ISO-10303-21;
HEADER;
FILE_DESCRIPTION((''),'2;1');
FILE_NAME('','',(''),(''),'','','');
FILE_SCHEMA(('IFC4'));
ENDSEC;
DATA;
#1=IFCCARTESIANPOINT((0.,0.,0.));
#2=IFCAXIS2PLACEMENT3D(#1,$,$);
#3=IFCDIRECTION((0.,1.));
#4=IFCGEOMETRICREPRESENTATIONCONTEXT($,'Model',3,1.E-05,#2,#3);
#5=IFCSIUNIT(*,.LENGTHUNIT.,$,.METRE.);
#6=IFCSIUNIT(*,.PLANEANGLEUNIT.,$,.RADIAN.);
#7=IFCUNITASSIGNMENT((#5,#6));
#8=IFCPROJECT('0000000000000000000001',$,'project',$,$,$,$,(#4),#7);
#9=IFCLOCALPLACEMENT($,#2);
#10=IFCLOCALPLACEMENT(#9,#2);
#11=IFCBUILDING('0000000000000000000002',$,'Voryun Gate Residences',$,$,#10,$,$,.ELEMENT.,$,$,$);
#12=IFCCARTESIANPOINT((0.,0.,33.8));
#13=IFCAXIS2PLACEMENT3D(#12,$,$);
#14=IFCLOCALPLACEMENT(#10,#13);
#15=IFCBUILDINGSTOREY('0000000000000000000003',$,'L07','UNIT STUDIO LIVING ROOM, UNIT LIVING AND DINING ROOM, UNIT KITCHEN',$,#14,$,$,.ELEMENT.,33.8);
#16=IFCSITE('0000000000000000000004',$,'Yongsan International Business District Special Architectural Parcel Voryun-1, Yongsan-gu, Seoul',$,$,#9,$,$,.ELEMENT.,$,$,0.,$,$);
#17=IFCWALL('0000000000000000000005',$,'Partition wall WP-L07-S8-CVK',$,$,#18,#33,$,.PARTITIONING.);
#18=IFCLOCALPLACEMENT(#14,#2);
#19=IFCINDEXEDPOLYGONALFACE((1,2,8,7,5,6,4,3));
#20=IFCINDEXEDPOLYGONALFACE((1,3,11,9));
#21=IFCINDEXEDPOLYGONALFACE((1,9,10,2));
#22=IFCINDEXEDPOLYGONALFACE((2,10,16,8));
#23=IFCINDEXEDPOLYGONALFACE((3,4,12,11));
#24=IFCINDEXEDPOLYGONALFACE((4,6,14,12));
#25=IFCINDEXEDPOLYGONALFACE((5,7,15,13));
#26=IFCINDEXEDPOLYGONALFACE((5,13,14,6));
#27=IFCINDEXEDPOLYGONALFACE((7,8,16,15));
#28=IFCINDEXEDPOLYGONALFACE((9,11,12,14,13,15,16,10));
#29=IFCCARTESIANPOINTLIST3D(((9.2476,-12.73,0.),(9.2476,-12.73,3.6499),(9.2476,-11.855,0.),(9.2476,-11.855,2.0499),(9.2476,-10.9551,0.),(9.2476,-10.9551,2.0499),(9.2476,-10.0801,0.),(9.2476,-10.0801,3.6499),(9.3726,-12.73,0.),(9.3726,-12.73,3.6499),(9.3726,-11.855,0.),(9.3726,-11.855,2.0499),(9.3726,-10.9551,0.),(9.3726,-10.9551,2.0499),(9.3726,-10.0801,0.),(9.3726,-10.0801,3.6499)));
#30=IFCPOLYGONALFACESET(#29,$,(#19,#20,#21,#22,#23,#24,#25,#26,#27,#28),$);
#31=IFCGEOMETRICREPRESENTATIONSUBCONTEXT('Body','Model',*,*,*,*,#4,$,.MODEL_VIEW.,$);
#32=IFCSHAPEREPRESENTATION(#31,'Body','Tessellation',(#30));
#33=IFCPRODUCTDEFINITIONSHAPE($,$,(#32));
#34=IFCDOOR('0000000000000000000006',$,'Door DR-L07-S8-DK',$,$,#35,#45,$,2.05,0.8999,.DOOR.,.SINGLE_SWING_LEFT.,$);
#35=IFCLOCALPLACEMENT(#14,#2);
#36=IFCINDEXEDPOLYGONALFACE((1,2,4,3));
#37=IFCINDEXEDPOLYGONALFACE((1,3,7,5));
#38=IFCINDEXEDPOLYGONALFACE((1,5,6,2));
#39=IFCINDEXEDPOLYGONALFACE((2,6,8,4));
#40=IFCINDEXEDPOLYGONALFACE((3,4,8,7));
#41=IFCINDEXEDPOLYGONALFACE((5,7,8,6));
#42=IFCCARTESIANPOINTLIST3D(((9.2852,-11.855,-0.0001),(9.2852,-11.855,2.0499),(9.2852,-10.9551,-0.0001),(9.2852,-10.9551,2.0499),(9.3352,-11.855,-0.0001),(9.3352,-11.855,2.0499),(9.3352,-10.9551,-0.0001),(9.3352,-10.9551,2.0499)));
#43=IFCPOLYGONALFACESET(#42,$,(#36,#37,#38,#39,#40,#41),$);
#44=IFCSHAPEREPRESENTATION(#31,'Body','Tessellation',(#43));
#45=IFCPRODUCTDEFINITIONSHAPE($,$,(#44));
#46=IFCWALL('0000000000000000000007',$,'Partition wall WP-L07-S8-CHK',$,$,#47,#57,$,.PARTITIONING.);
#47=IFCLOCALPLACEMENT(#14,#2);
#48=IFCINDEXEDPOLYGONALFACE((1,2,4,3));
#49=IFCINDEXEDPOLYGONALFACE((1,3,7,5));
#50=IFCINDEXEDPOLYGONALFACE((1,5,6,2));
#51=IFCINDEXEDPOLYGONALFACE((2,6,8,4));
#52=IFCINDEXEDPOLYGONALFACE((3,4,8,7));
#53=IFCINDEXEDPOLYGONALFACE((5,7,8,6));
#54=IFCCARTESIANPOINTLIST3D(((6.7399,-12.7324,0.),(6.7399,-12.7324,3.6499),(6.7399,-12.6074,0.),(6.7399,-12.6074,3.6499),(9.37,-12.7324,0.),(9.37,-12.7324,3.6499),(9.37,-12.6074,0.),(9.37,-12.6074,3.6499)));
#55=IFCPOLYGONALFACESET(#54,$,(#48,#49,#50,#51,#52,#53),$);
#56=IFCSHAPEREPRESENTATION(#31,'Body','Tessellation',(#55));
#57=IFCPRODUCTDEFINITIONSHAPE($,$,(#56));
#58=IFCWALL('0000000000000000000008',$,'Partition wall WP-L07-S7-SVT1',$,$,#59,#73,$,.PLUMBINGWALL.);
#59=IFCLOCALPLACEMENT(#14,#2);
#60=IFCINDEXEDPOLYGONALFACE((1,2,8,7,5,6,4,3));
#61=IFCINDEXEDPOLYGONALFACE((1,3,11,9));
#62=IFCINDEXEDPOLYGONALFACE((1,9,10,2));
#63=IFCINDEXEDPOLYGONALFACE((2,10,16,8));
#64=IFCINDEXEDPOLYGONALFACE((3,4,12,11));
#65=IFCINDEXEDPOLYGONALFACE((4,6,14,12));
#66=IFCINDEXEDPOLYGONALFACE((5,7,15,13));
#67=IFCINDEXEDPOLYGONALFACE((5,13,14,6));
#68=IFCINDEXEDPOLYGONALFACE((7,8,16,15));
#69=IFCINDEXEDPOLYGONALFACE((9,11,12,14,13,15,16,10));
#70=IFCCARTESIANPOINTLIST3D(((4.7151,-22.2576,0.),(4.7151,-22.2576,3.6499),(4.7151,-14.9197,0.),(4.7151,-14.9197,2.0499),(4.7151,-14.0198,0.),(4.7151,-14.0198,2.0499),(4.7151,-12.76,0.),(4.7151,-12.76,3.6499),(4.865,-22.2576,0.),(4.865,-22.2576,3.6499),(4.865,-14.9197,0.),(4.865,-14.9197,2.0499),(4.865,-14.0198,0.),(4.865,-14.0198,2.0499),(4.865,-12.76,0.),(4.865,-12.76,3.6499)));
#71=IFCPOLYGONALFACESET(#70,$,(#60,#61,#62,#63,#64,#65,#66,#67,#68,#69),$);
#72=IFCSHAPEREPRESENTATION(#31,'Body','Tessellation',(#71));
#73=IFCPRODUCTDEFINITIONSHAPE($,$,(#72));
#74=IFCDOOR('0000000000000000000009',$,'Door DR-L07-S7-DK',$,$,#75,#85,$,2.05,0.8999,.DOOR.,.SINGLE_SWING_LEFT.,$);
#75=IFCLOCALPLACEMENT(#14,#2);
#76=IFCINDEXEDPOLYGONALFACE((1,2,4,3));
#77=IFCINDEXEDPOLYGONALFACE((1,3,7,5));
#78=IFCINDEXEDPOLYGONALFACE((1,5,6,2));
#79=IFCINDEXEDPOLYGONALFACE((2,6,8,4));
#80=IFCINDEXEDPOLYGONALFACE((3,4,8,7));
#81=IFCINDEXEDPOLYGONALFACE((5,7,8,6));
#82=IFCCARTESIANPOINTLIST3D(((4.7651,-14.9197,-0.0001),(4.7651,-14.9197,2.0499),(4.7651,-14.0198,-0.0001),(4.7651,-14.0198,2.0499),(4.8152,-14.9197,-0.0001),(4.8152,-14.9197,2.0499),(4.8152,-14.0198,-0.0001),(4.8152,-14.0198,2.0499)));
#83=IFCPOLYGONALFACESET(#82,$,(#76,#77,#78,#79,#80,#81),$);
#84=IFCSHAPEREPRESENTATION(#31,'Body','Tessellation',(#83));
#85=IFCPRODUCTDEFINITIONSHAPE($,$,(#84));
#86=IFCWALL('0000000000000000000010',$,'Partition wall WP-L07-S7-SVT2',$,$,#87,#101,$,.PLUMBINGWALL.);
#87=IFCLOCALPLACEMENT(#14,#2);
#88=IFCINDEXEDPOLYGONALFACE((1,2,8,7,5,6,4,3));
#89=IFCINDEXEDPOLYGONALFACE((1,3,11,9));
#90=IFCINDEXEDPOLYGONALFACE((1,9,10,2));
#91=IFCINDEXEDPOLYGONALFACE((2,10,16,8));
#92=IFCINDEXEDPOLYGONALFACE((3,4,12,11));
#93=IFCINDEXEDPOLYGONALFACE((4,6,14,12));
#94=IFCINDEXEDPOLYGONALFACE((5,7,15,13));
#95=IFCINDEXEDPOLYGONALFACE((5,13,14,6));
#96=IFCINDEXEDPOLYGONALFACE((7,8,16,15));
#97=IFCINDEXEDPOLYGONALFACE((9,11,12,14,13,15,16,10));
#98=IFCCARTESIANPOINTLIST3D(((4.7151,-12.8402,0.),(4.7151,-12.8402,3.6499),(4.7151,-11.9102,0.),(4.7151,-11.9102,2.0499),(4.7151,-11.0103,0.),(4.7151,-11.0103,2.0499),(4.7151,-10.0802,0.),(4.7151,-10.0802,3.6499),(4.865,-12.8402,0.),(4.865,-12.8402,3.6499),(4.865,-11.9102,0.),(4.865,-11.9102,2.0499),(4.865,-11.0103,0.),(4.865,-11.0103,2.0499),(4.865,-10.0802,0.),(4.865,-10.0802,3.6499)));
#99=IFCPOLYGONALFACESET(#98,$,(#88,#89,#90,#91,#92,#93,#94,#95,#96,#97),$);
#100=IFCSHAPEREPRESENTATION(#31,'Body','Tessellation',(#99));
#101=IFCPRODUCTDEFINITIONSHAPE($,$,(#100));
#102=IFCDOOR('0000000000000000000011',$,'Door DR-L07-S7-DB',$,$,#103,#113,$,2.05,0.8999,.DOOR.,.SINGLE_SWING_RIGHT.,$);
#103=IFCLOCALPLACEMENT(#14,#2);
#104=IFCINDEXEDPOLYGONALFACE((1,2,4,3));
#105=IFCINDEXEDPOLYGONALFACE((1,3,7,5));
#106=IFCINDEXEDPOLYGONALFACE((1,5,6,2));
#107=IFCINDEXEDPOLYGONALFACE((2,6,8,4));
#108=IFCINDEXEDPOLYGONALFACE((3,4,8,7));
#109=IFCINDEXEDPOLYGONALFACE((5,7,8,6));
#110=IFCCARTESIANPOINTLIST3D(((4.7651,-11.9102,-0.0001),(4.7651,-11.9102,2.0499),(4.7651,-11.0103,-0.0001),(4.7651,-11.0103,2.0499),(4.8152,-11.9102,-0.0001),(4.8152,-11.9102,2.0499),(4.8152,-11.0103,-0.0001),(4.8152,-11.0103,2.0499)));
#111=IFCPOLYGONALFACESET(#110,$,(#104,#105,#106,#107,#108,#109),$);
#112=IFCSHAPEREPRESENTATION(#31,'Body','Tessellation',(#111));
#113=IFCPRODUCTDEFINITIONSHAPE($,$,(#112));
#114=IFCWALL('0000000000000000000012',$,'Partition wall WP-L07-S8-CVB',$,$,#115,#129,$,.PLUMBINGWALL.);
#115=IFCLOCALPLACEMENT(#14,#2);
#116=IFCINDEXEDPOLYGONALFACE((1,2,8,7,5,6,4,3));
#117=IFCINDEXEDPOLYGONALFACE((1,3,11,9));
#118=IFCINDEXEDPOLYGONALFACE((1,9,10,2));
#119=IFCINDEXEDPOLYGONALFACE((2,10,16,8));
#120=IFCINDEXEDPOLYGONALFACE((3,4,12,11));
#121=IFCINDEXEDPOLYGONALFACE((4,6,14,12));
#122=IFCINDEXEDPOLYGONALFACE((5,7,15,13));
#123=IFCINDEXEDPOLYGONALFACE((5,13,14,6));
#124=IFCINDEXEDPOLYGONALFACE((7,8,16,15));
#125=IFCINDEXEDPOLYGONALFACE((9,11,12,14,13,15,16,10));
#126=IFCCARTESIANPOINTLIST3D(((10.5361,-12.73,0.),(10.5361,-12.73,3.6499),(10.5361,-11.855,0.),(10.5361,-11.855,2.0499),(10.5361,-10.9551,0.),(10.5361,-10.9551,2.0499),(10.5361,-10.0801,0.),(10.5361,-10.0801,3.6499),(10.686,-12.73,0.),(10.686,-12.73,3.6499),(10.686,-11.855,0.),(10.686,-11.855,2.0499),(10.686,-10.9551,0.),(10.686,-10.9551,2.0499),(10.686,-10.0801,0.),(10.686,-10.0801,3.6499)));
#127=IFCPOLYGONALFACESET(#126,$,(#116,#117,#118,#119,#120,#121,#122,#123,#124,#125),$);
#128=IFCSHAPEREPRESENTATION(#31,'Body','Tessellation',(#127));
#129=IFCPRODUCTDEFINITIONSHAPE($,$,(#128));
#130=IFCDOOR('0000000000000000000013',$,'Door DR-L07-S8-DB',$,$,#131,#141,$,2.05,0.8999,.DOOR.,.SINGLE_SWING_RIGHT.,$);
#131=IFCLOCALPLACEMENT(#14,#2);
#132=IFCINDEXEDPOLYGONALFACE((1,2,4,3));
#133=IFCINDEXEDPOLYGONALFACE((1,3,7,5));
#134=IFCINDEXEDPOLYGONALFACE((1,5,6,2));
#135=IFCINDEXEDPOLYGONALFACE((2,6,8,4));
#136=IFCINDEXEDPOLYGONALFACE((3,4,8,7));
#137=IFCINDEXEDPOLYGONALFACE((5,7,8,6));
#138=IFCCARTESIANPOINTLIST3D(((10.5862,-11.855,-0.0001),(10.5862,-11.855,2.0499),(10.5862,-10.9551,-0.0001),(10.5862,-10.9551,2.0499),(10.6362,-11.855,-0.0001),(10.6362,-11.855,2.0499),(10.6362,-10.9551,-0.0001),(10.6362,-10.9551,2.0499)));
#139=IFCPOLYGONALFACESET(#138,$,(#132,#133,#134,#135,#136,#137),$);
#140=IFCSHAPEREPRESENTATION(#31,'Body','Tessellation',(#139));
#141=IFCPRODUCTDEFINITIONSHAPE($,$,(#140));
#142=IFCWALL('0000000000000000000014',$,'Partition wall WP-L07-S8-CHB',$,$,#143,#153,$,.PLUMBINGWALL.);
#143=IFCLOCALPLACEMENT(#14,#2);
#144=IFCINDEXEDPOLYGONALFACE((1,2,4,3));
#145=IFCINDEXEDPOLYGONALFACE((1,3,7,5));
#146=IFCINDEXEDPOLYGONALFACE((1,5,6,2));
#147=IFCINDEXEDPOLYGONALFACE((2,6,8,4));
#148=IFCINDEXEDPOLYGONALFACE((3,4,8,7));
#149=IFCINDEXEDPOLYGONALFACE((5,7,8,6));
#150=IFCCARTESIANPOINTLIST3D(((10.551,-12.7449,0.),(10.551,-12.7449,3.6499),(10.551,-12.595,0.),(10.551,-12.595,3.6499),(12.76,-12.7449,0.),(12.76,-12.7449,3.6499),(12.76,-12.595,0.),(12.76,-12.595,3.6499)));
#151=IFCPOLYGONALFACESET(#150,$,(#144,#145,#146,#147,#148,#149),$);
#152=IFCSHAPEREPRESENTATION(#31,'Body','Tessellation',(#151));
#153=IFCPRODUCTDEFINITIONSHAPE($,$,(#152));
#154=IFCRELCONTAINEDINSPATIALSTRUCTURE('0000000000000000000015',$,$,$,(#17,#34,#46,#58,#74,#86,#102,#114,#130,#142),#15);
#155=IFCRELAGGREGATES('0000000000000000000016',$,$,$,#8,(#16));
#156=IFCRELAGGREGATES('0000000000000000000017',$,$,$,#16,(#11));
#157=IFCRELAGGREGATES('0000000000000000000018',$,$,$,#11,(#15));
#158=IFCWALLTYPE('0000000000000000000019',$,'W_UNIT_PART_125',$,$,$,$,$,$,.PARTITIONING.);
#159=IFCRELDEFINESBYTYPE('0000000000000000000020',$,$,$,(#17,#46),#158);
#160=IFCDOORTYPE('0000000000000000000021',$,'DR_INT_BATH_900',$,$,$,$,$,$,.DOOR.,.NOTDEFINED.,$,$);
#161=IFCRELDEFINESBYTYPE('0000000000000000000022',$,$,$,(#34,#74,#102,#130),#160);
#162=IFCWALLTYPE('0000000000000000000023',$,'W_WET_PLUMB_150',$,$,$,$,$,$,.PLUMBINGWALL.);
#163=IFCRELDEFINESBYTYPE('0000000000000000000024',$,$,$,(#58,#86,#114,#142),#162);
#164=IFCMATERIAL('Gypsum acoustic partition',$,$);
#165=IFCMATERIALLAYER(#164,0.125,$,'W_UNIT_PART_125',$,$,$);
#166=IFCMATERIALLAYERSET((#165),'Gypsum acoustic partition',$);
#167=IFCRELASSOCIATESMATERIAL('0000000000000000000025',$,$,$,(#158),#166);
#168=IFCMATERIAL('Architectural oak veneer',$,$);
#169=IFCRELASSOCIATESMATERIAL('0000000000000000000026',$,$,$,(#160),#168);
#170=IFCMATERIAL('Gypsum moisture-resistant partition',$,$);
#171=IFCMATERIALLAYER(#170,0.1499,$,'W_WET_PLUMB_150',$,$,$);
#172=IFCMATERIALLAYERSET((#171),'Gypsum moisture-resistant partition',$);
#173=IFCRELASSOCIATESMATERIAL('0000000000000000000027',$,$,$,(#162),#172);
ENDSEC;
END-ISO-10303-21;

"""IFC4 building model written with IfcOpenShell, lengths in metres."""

from ifc_helpers import new_model, si_unit, direction, frame, frame_2d, origin, place, context, subcontext, project, spatial, rectangle, extrude, material, layer, layer_set, type_object, element, fill, save


model = new_model("IFC4")

# Units and contexts
model_context = context("Model", 3, precision=1e-05, world=origin(), true_north=direction((0.0, 1.0)))
body_context = subcontext(model_context, "Body", "Model", "MODEL_VIEW")
ifc_project = project(units=[si_unit("LENGTHUNIT", "METRE"), si_unit("PLANEANGLEUNIT", "RADIAN")], contexts=[model_context])

# Site, building, storey
site_placement = place(None, origin())
site = spatial("IfcSite", under=ifc_project, at=site_placement, Name="Yongsan International Business District Special Architectural Parcel Voryun-1, Yongsan-gu, Seoul", CompositionType="ELEMENT", RefElevation=0.0)
building_placement = place(site_placement, origin())
building = spatial("IfcBuilding", under=site, at=building_placement, Name="Voryun Gate Residences", CompositionType="ELEMENT")
storey_placement = place(building_placement, frame((0.0, 0.0, 33.8)))
storey = spatial("IfcBuildingStorey", under=building, at=storey_placement, Name="L07", Description="UNIT STUDIO LIVING ROOM, UNIT LIVING AND DINING ROOM, UNIT KITCHEN", CompositionType="ELEMENT", Elevation=33.8)

# Wall, opening, door
ifc_material_1 = material(Name="Gypsum acoustic partition")
ifc_layer_1 = layer(ifc_material_1, 0.125, Name="W_UNIT_PART_125")
ifc_layer_set_1 = layer_set([ifc_layer_1], Name="Gypsum acoustic partition")
wall_type_1 = type_object("IfcWallType", Name="W_UNIT_PART_125", PredefinedType="PARTITIONING", material=ifc_layer_set_1)
wall_1_placement = place(storey_placement, frame((9.3101, -12.73, 0.0), z_axis=(0.0, 0.0, 1.0), x_axis=(0.0, 1.0, 0.0)))
wall_1 = element("IfcWall", 1, at=wall_1_placement, inside=storey, type_object=wall_type_1, Name="Partition wall WP-L07-S8-CVK", PredefinedType="PARTITIONING", context=body_context, shape_type="SweptSolid", body=[
    extrude(rectangle(XDim=2.6499, YDim=0.125, at=frame_2d((1.325, 0.0))), origin(), (0.0, 0.0, 1.0), 3.6499),
])
opening_1_placement = place(wall_1_placement, frame((0.875, 0.0, 0.0)))
opening_1 = element("IfcOpeningElement", 2, at=opening_1_placement, cuts=wall_1, PredefinedType="OPENING", context=body_context, shape_type="SweptSolid", body=[
    extrude(rectangle(XDim=0.8999, YDim=2.05, at=frame_2d((0.45, 1.0249))), frame((0.0, 0.0725, 0.0), z_axis=(0.0, -1.0, 0.0), x_axis=(1.0, 0.0, 0.0)), (0.0, 0.0, 1.0), 0.145),
])
ifc_material_2 = material(Name="Architectural oak veneer")
door_type_1 = type_object("IfcDoorType", Name="DR_INT_BATH_900", OperationType="NOTDEFINED", PredefinedType="DOOR", material=ifc_material_2)
door_1_placement = place(opening_1_placement, origin())
door_1 = element("IfcDoor", 3, at=door_1_placement, inside=storey, type_object=door_type_1, Name="Door DR-L07-S8-DK", OperationType="SINGLE_SWING_LEFT", OverallHeight=2.05, OverallWidth=0.8999, PredefinedType="DOOR", context=body_context, shape_type="SweptSolid", body=[
    extrude(rectangle(XDim=0.8999, YDim=2.05, at=frame_2d((0.45, 1.0249))), frame((0.0, 0.0249, 0.0), z_axis=(0.0, -1.0, 0.0), x_axis=(1.0, 0.0, 0.0)), (0.0, 0.0, 1.0), 0.05),
])
fill(opening_1, door_1)

# Wall
wall_2_placement = place(storey_placement, frame((6.74, -12.6699, 0.0), z_axis=(0.0, 0.0, 1.0), x_axis=(1.0, 0.0, 0.0)))
element("IfcWall", 4, at=wall_2_placement, inside=storey, type_object=wall_type_1, Name="Partition wall WP-L07-S8-CHK", PredefinedType="PARTITIONING", context=body_context, shape_type="SweptSolid", body=[
    extrude(rectangle(XDim=2.6301, YDim=0.125, at=frame_2d((1.3149, 0.0))), origin(), (0.0, 0.0, 1.0), 3.6499),
])

# Walls, openings, doors
ifc_material_3 = material(Name="Gypsum moisture-resistant partition")
ifc_layer_2 = layer(ifc_material_3, 0.1499, Name="W_WET_PLUMB_150")
ifc_layer_set_2 = layer_set([ifc_layer_2], Name="Gypsum moisture-resistant partition")
wall_type_2 = type_object("IfcWallType", Name="W_WET_PLUMB_150", PredefinedType="PLUMBINGWALL", material=ifc_layer_set_2)
wall_3_placement = place(storey_placement, frame((4.79, -22.2576, 0.0), z_axis=(0.0, 0.0, 1.0), x_axis=(0.0, 1.0, 0.0)))
wall_3 = element("IfcWall", 5, at=wall_3_placement, inside=storey, type_object=wall_type_2, Name="Partition wall WP-L07-S7-SVT1", PredefinedType="PLUMBINGWALL", context=body_context, shape_type="SweptSolid", body=[
    extrude(rectangle(XDim=9.4976, YDim=0.1499, at=frame_2d((4.7488, 0.0))), origin(), (0.0, 0.0, 1.0), 3.6499),
])
opening_2_placement = place(wall_3_placement, frame((7.3379, 0.0, 0.0)))
opening_2 = element("IfcOpeningElement", 6, at=opening_2_placement, cuts=wall_3, PredefinedType="OPENING", context=body_context, shape_type="SweptSolid", body=[
    extrude(rectangle(XDim=0.8999, YDim=2.05, at=frame_2d((0.45, 1.0249))), frame((0.0, 0.085, 0.0), z_axis=(0.0, -1.0, 0.0), x_axis=(1.0, 0.0, 0.0)), (0.0, 0.0, 1.0), 0.1699),
])
door_2_placement = place(opening_2_placement, origin())
door_2 = element("IfcDoor", 7, at=door_2_placement, inside=storey, type_object=door_type_1, Name="Door DR-L07-S7-DK", OperationType="SINGLE_SWING_LEFT", OverallHeight=2.05, OverallWidth=0.8999, PredefinedType="DOOR", context=body_context, shape_type="SweptSolid", body=[
    extrude(rectangle(XDim=0.8999, YDim=2.05, at=frame_2d((0.45, 1.0249))), frame((0.0, 0.0249, 0.0), z_axis=(0.0, -1.0, 0.0), x_axis=(1.0, 0.0, 0.0)), (0.0, 0.0, 1.0), 0.05),
])
fill(opening_2, door_2)
wall_4_placement = place(storey_placement, frame((4.79, -12.8401, 0.0), z_axis=(0.0, 0.0, 1.0), x_axis=(0.0, 1.0, 0.0)))
wall_4 = element("IfcWall", 8, at=wall_4_placement, inside=storey, type_object=wall_type_2, Name="Partition wall WP-L07-S7-SVT2", PredefinedType="PLUMBINGWALL", context=body_context, shape_type="SweptSolid", body=[
    extrude(rectangle(XDim=2.76, YDim=0.1499, at=frame_2d((1.3799, 0.0))), origin(), (0.0, 0.0, 1.0), 3.6499),
])
opening_3_placement = place(wall_4_placement, frame((0.9299, 0.0, 0.0)))
opening_3 = element("IfcOpeningElement", 9, at=opening_3_placement, cuts=wall_4, PredefinedType="OPENING", context=body_context, shape_type="SweptSolid", body=[
    extrude(rectangle(XDim=0.8999, YDim=2.05, at=frame_2d((0.45, 1.0249))), frame((0.0, 0.085, 0.0), z_axis=(0.0, -1.0, 0.0), x_axis=(1.0, 0.0, 0.0)), (0.0, 0.0, 1.0), 0.1699),
])
door_3_placement = place(opening_3_placement, origin())
door_3 = element("IfcDoor", 10, at=door_3_placement, inside=storey, type_object=door_type_1, Name="Door DR-L07-S7-DB", OperationType="SINGLE_SWING_RIGHT", OverallHeight=2.05, OverallWidth=0.8999, PredefinedType="DOOR", context=body_context, shape_type="SweptSolid", body=[
    extrude(rectangle(XDim=0.8999, YDim=2.05, at=frame_2d((0.45, 1.0249))), frame((0.0, 0.0249, 0.0), z_axis=(0.0, -1.0, 0.0), x_axis=(1.0, 0.0, 0.0)), (0.0, 0.0, 1.0), 0.05),
])
fill(opening_3, door_3)
wall_5_placement = place(storey_placement, frame((10.6111, -12.73, 0.0), z_axis=(0.0, 0.0, 1.0), x_axis=(0.0, 1.0, 0.0)))
wall_5 = element("IfcWall", 11, at=wall_5_placement, inside=storey, type_object=wall_type_2, Name="Partition wall WP-L07-S8-CVB", PredefinedType="PLUMBINGWALL", context=body_context, shape_type="SweptSolid", body=[
    extrude(rectangle(XDim=2.6499, YDim=0.1499, at=frame_2d((1.325, 0.0))), origin(), (0.0, 0.0, 1.0), 3.6499),
])
opening_4_placement = place(wall_5_placement, frame((0.875, 0.0, 0.0)))
opening_4 = element("IfcOpeningElement", 12, at=opening_4_placement, cuts=wall_5, PredefinedType="OPENING", context=body_context, shape_type="SweptSolid", body=[
    extrude(rectangle(XDim=0.8999, YDim=2.05, at=frame_2d((0.45, 1.0249))), frame((0.0, 0.085, 0.0), z_axis=(0.0, -1.0, 0.0), x_axis=(1.0, 0.0, 0.0)), (0.0, 0.0, 1.0), 0.1699),
])
door_4_placement = place(opening_4_placement, origin())
door_4 = element("IfcDoor", 13, at=door_4_placement, inside=storey, type_object=door_type_1, Name="Door DR-L07-S8-DB", OperationType="SINGLE_SWING_RIGHT", OverallHeight=2.05, OverallWidth=0.8999, PredefinedType="DOOR", context=body_context, shape_type="SweptSolid", body=[
    extrude(rectangle(XDim=0.8999, YDim=2.05, at=frame_2d((0.45, 1.0249))), frame((0.0, 0.0249, 0.0), z_axis=(0.0, -1.0, 0.0), x_axis=(1.0, 0.0, 0.0)), (0.0, 0.0, 1.0), 0.05),
])
fill(opening_4, door_4)

# Wall
wall_6_placement = place(storey_placement, frame((10.551, -12.6699, 0.0), z_axis=(0.0, 0.0, 1.0), x_axis=(1.0, 0.0, 0.0)))
element("IfcWall", 14, at=wall_6_placement, inside=storey, type_object=wall_type_2, Name="Partition wall WP-L07-S8-CHB", PredefinedType="PLUMBINGWALL", context=body_context, shape_type="SweptSolid", body=[
    extrude(rectangle(XDim=2.209, YDim=0.1499, at=frame_2d((1.1045, 0.0))), origin(), (0.0, 0.0, 1.0), 3.6499),
])

save(model, "model.ifc")
